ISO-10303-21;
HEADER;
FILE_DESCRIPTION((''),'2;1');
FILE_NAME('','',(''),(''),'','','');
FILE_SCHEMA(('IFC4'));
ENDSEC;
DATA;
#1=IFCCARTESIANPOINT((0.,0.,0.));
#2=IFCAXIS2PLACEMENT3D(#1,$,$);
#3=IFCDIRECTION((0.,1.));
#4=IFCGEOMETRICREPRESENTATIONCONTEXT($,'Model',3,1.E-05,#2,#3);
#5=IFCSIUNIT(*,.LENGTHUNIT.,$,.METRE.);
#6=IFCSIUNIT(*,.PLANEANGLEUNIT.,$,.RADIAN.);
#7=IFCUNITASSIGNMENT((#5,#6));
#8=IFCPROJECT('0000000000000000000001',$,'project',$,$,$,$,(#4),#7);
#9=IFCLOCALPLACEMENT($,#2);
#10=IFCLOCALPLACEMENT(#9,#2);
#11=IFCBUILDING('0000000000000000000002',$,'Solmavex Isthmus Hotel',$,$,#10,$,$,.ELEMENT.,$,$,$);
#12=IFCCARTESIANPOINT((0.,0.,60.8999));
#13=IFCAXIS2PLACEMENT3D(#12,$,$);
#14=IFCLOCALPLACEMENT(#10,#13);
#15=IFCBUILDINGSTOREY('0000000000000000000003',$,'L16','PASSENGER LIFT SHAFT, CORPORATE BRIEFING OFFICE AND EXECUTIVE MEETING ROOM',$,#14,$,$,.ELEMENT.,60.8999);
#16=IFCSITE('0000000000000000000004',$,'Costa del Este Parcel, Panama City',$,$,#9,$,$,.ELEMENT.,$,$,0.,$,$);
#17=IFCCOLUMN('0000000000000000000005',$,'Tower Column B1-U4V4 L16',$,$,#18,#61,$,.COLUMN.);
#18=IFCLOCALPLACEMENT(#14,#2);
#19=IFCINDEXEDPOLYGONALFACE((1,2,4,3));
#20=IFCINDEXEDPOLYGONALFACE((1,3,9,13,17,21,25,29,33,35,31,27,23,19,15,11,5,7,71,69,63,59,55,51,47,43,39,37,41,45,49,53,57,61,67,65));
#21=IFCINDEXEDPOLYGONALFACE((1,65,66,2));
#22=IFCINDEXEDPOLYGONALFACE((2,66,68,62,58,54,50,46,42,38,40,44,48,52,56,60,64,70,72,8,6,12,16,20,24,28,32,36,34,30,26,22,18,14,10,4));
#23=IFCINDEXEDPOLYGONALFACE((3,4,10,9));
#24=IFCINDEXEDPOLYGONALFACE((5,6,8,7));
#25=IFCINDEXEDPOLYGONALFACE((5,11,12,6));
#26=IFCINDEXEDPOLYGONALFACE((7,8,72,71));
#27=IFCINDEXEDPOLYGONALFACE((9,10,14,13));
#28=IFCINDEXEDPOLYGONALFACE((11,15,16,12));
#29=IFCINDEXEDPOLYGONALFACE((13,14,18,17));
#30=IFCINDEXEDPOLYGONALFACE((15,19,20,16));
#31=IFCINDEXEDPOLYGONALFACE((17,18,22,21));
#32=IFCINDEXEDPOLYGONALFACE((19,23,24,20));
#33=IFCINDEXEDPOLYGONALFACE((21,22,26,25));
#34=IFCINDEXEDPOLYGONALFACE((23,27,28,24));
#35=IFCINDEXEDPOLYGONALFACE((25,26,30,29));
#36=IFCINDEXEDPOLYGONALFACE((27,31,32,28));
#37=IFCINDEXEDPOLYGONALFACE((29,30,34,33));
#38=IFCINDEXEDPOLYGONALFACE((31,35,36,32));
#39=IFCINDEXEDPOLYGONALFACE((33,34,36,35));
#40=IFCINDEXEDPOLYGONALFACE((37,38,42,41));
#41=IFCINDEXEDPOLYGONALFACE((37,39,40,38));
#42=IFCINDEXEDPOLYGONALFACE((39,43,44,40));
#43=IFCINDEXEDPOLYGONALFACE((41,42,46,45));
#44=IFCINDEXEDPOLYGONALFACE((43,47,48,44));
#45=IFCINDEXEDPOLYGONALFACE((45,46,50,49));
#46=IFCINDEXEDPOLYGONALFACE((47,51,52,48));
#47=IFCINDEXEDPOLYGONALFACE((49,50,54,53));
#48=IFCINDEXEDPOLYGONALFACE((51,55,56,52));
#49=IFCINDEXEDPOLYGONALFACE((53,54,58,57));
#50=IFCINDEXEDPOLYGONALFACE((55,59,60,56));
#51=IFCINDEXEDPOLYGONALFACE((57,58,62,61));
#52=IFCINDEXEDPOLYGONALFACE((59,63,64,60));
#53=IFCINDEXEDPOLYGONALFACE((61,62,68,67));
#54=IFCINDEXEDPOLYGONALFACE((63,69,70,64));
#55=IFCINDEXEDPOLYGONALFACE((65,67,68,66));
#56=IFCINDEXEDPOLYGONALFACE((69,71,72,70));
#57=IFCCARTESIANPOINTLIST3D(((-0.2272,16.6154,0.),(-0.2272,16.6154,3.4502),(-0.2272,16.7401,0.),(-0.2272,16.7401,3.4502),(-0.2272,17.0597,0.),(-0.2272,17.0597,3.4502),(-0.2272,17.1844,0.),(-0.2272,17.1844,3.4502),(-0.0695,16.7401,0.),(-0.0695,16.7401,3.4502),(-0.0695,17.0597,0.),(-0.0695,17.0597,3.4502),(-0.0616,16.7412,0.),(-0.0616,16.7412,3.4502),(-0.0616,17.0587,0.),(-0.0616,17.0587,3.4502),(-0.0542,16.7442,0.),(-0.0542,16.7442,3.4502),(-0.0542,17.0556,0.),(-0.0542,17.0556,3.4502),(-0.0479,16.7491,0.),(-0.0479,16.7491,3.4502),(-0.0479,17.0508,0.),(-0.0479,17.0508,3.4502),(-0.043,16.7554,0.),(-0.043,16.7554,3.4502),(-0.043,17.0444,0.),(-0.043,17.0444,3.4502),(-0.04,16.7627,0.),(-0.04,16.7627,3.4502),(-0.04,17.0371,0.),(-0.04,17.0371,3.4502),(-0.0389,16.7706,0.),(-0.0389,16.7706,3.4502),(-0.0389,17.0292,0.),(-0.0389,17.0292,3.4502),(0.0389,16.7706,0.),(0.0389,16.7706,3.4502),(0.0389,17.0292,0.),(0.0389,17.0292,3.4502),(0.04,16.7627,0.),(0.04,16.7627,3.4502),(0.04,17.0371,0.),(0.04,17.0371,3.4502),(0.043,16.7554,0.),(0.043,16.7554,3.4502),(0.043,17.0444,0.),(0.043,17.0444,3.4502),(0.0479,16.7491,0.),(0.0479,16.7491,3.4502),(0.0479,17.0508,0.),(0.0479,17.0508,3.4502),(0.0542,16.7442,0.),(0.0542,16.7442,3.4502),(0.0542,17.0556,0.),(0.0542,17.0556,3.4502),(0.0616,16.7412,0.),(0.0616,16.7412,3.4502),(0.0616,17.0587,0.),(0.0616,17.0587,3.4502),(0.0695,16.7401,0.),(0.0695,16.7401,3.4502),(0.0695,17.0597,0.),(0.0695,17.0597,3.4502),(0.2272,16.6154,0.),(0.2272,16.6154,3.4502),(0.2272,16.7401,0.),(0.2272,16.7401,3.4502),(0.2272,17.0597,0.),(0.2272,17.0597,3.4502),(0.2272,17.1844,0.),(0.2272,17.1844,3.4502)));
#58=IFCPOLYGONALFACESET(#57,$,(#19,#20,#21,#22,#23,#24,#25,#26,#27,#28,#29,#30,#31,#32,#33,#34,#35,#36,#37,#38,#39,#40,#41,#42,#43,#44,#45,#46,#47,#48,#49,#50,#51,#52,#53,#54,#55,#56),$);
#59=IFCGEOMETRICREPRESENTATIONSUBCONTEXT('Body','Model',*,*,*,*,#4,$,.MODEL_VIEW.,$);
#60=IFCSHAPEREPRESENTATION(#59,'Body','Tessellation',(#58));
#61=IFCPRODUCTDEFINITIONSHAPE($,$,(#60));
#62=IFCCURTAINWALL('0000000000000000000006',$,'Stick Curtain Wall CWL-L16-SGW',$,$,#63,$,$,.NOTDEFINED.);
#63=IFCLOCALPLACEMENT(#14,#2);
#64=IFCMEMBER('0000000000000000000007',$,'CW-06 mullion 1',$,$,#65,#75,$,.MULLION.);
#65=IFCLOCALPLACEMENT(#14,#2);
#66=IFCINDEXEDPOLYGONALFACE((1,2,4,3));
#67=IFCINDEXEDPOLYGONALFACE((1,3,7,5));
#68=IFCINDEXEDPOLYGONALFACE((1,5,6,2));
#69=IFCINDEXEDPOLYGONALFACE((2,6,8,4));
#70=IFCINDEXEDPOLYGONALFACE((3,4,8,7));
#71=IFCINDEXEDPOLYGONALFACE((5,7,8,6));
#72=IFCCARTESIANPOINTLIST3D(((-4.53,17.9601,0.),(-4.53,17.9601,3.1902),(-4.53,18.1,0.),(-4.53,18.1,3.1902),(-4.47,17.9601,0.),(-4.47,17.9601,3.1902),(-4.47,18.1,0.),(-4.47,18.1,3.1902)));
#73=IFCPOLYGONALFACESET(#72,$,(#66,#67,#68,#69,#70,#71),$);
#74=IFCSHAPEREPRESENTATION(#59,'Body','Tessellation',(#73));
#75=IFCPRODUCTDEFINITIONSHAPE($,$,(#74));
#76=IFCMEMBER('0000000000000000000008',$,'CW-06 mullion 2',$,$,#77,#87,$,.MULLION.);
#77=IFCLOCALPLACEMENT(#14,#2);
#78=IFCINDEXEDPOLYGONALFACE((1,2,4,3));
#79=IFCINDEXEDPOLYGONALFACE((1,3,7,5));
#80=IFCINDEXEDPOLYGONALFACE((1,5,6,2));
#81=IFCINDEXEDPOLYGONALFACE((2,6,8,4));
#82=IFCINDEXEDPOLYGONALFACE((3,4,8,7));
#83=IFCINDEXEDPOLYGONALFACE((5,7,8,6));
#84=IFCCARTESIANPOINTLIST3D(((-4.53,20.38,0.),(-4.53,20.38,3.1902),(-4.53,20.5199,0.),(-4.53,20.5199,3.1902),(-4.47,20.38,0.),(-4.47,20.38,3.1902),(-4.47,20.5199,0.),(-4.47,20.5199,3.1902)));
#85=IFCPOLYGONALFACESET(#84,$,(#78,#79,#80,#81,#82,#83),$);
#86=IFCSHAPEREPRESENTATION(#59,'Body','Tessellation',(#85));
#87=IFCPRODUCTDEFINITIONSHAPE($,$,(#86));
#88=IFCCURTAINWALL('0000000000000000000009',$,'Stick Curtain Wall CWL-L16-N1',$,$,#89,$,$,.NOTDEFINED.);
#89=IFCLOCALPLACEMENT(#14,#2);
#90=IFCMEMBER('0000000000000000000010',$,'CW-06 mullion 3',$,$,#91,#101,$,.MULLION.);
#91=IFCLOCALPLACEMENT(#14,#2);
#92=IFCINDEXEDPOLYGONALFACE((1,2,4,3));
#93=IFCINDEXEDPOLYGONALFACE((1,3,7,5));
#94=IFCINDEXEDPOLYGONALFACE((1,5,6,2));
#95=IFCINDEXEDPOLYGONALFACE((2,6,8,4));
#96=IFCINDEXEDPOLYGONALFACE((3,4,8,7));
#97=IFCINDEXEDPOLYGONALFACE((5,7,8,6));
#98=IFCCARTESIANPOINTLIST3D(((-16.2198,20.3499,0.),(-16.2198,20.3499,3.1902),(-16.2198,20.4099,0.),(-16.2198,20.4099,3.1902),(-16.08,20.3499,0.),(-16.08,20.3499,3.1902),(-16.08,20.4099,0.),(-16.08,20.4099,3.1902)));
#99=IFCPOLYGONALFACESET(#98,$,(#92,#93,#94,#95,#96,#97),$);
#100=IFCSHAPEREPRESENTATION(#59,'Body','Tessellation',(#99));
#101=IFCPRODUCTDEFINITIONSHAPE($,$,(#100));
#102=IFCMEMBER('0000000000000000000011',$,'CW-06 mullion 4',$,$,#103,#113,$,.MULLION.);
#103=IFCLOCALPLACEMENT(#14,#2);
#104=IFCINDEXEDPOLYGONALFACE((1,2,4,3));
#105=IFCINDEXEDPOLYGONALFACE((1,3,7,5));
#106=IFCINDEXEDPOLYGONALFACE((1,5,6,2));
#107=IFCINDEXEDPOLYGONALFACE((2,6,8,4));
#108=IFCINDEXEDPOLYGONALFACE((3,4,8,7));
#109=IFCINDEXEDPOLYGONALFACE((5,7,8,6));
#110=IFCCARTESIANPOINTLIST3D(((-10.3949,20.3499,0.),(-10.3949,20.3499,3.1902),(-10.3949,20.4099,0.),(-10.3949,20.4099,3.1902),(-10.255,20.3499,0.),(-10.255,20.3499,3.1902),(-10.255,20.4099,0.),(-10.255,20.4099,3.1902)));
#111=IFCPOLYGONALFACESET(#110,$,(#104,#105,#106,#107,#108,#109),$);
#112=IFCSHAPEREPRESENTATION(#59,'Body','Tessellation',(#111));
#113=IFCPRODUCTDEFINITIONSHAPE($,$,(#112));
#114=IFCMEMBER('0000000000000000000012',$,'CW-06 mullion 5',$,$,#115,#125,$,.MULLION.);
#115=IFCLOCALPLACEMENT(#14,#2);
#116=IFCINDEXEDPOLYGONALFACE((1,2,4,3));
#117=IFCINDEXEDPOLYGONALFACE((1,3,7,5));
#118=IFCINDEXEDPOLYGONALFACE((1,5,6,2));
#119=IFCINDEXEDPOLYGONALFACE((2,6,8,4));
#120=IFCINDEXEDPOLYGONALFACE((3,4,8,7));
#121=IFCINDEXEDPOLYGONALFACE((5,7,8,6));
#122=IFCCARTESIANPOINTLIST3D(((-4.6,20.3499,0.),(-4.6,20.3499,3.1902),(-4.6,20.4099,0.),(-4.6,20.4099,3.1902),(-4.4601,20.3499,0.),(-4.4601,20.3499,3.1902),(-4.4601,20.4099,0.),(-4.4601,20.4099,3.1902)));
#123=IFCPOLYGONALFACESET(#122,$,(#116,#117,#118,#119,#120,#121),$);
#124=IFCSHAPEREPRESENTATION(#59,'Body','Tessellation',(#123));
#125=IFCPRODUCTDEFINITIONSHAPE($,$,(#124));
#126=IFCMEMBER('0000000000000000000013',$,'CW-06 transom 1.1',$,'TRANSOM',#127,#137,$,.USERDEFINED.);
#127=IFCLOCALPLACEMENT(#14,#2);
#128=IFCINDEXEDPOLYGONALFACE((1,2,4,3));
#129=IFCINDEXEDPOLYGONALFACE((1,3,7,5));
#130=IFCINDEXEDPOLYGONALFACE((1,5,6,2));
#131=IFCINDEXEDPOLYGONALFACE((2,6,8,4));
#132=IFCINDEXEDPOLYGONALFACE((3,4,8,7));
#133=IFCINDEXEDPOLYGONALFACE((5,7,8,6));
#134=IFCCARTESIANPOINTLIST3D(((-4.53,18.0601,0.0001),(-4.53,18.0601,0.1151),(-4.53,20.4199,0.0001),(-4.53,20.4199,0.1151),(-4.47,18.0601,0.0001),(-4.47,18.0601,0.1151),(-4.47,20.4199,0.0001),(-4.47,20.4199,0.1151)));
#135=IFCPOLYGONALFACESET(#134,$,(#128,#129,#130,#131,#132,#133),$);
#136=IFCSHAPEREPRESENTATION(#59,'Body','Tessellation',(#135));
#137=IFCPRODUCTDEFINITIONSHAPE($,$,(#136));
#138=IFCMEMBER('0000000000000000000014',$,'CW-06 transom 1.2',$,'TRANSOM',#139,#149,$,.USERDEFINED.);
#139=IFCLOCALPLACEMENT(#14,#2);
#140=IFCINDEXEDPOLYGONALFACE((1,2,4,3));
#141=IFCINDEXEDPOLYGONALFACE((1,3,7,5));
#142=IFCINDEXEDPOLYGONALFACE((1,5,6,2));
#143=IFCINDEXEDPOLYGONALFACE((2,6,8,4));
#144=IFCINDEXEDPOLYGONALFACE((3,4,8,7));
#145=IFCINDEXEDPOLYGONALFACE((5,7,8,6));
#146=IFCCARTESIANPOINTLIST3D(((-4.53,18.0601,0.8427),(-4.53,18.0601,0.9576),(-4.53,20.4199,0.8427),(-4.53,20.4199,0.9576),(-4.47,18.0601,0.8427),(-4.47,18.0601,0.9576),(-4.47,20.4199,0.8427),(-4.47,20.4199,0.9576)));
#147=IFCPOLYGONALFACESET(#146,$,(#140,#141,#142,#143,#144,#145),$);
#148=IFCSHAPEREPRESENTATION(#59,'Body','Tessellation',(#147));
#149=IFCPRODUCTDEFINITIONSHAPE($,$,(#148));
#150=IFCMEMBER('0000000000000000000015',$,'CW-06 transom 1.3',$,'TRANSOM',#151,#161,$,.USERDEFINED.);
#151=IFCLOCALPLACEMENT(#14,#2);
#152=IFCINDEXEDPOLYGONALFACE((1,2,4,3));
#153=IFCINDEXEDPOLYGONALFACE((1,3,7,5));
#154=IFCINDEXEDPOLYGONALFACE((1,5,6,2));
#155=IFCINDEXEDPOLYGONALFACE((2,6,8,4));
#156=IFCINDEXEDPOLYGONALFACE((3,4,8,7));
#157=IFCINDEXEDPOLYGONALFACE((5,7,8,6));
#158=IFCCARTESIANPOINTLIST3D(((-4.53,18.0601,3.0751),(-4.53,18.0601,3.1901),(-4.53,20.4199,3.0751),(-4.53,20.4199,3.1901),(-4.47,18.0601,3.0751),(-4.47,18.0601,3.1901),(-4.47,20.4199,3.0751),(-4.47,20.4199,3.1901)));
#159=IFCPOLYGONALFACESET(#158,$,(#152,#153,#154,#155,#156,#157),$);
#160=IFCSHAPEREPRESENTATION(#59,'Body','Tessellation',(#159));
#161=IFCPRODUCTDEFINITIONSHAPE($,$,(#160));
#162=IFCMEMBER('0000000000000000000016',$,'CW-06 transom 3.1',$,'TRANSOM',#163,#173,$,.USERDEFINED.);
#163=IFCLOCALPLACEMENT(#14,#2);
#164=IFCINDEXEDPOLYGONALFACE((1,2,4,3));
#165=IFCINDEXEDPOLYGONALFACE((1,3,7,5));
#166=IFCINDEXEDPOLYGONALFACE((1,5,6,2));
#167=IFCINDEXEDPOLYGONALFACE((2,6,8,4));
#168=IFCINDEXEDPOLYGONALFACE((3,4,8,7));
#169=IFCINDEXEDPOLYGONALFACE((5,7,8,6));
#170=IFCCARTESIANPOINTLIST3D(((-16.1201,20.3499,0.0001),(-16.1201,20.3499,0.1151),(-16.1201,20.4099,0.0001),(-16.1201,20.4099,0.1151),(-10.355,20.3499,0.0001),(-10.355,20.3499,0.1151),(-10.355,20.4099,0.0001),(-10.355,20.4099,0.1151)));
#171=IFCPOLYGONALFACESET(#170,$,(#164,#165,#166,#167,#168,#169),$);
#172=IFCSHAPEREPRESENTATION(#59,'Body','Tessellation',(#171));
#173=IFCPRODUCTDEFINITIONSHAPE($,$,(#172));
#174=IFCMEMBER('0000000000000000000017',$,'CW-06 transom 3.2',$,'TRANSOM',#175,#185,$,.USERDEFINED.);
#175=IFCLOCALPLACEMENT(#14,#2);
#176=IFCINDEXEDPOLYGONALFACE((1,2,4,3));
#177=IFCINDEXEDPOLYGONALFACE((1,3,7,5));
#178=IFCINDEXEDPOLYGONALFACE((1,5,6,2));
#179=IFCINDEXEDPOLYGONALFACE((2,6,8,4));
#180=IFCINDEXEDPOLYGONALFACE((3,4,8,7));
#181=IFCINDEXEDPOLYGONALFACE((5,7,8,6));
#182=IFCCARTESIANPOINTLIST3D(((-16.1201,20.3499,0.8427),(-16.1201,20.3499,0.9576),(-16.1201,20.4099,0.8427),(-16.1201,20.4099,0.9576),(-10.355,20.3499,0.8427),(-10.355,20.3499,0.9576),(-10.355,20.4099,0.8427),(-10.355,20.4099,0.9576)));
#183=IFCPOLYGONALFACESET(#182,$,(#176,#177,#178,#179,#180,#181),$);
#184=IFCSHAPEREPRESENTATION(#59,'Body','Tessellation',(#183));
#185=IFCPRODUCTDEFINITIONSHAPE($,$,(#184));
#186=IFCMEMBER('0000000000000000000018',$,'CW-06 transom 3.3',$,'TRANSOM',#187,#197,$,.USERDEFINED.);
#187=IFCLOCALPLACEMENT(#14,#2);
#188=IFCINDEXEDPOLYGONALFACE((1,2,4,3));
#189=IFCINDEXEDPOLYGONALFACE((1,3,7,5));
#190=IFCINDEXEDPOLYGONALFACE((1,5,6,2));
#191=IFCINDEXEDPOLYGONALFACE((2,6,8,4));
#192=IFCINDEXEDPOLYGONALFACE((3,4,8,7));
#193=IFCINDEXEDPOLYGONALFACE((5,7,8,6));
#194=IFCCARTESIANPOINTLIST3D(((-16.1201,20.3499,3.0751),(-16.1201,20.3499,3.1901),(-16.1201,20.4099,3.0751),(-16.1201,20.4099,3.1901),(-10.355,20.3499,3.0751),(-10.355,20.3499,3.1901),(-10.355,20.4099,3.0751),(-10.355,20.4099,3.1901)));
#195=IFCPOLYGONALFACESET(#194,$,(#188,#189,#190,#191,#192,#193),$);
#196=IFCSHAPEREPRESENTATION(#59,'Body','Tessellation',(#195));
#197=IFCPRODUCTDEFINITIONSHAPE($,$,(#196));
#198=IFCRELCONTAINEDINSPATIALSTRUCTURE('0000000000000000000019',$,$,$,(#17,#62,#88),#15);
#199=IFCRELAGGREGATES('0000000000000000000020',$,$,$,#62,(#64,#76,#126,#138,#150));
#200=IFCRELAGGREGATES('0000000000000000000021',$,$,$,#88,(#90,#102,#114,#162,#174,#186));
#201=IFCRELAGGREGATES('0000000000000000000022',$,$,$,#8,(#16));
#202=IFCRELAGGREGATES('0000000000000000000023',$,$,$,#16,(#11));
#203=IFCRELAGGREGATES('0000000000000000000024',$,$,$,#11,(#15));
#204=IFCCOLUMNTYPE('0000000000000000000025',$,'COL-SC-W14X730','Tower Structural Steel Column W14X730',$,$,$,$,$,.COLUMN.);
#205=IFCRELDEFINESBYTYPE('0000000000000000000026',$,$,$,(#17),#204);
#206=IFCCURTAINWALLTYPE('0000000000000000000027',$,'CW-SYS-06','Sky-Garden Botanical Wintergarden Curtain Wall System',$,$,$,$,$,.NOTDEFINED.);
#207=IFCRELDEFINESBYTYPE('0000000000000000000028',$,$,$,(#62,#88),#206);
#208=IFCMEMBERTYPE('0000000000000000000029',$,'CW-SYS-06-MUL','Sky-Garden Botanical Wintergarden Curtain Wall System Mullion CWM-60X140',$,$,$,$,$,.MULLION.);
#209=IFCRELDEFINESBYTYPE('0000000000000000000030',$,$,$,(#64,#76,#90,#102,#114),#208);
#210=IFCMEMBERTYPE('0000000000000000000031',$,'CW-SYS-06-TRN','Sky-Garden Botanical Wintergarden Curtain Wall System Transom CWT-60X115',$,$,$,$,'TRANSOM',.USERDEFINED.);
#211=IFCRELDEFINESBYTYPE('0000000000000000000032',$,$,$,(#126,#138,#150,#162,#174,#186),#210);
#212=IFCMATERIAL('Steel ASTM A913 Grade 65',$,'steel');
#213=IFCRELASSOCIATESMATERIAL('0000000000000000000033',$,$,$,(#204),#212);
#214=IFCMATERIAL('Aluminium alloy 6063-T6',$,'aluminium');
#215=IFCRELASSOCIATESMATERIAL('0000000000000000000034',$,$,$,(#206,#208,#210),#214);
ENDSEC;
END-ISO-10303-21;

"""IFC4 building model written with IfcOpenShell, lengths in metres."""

from ifc_helpers import new_model, si_unit, direction, frame, origin, origin_2d, place, context, subcontext, project, spatial, rectangle, i_section, extrude, material, material_profile, profile_set, type_object, element, aggregate, save


model = new_model("IFC4")

# Units and contexts
model_context = context("Model", 3, precision=1e-05, world=origin(), true_north=direction((0.0, 1.0)))
body_context = subcontext(model_context, "Body", "Model", "MODEL_VIEW")
ifc_project = project(units=[si_unit("LENGTHUNIT", "METRE"), si_unit("PLANEANGLEUNIT", "RADIAN")], contexts=[model_context])

# Site, building, storey
site_placement = place(None, origin())
site = spatial("IfcSite", under=ifc_project, at=site_placement, Name="Costa del Este Parcel, Panama City", CompositionType="ELEMENT", RefElevation=0.0)
building_placement = place(site_placement, origin())
building = spatial("IfcBuilding", under=site, at=building_placement, Name="Solmavex Isthmus Hotel", CompositionType="ELEMENT")
storey_placement = place(building_placement, frame((0.0, 0.0, 60.8999)))
storey = spatial("IfcBuildingStorey", under=building, at=storey_placement, Name="L16", Description="PASSENGER LIFT SHAFT, CORPORATE BRIEFING OFFICE AND EXECUTIVE MEETING ROOM", CompositionType="ELEMENT", Elevation=60.8999)

# Column
ifc_material_1 = material(Name="Steel ASTM A913 Grade 65", Category="steel")
ifc_material_profile_1 = material_profile(ifc_material_1, i_section(OverallWidth=0.4543, OverallDepth=0.5691, WebThickness=0.0779, FlangeThickness=0.1248, FilletRadius=0.0305, at=origin_2d()), Name="W14X730")
ifc_profile_set_1 = profile_set([ifc_material_profile_1], Name="Steel ASTM A913 Grade 65")
column_type = type_object("IfcColumnType", Name="COL-SC-W14X730", Description="Tower Structural Steel Column W14X730", PredefinedType="COLUMN", material=ifc_profile_set_1)
column_placement = place(storey_placement, frame((0.0, 16.8999, 0.0), z_axis=(0.0, 0.0, 1.0), x_axis=(1.0, 0.0, 0.0)))
element("IfcColumn", 1, at=column_placement, inside=storey, type_object=column_type, Name="Tower Column B1-U4V4 L16", PredefinedType="COLUMN", context=body_context, shape_type="SweptSolid", body=[
    extrude(i_section(OverallWidth=0.4543, OverallDepth=0.5691, WebThickness=0.0779, FlangeThickness=0.1248, FilletRadius=0.0305, at=origin_2d()), origin(), (0.0, 0.0, 1.0), 3.4502),
])

# Curtain walls, members
ifc_material_2 = material(Name="Aluminium alloy 6063-T6", Category="aluminium")
curtain_wall_type = type_object("IfcCurtainWallType", Name="CW-SYS-06", Description="Sky-Garden Botanical Wintergarden Curtain Wall System", PredefinedType="NOTDEFINED", material=ifc_material_2)
curtain_wall_1_placement = place(storey_placement, origin())
curtain_wall_1 = element("IfcCurtainWall", 2, at=curtain_wall_1_placement, inside=storey, type_object=curtain_wall_type, Name="Stick Curtain Wall CWL-L16-SGW", PredefinedType="NOTDEFINED")
ifc_material_profile_2 = material_profile(ifc_material_2, rectangle(XDim=0.0601, YDim=0.1399, at=origin_2d()), Name="CWM-60X140")
ifc_profile_set_2 = profile_set([ifc_material_profile_2], Name="Aluminium alloy 6063-T6")
member_type_1 = type_object("IfcMemberType", Name="CW-SYS-06-MUL", Description="Sky-Garden Botanical Wintergarden Curtain Wall System Mullion CWM-60X140", PredefinedType="MULLION", material=ifc_profile_set_2)
member_1_placement = place(storey_placement, frame((-4.5, 18.03, 0.0), z_axis=(0.0, 0.0, 1.0), x_axis=(-1.0, 0.0, 0.0)))
member_1 = element("IfcMember", 3, at=member_1_placement, type_object=member_type_1, Name="CW-06 mullion 1", PredefinedType="MULLION", context=body_context, shape_type="SweptSolid", body=[
    extrude(rectangle(XDim=0.0601, YDim=0.1399, at=origin_2d()), origin(), (0.0, 0.0, 1.0), 3.1902),
])
member_2_placement = place(storey_placement, frame((-4.5, 20.45, 0.0), z_axis=(0.0, 0.0, 1.0), x_axis=(-1.0, 0.0, 0.0)))
member_2 = element("IfcMember", 4, at=member_2_placement, type_object=member_type_1, Name="CW-06 mullion 2", PredefinedType="MULLION", context=body_context, shape_type="SweptSolid", body=[
    extrude(rectangle(XDim=0.0601, YDim=0.1399, at=origin_2d()), origin(), (0.0, 0.0, 1.0), 3.1902),
])
curtain_wall_2_placement = place(storey_placement, origin())
curtain_wall_2 = element("IfcCurtainWall", 5, at=curtain_wall_2_placement, inside=storey, type_object=curtain_wall_type, Name="Stick Curtain Wall CWL-L16-N1", PredefinedType="NOTDEFINED")
member_3_placement = place(storey_placement, frame((-16.1499, 20.3799, 0.0), z_axis=(0.0, 0.0, 1.0), x_axis=(0.0, 1.0, 0.0)))
member_3 = element("IfcMember", 6, at=member_3_placement, type_object=member_type_1, Name="CW-06 mullion 3", PredefinedType="MULLION", context=body_context, shape_type="SweptSolid", body=[
    extrude(rectangle(XDim=0.0601, YDim=0.1399, at=origin_2d()), origin(), (0.0, 0.0, 1.0), 3.1902),
])
member_4_placement = place(storey_placement, frame((-10.325, 20.3799, 0.0), z_axis=(0.0, 0.0, 1.0), x_axis=(0.0, 1.0, 0.0)))
member_4 = element("IfcMember", 7, at=member_4_placement, type_object=member_type_1, Name="CW-06 mullion 4", PredefinedType="MULLION", context=body_context, shape_type="SweptSolid", body=[
    extrude(rectangle(XDim=0.0601, YDim=0.1399, at=origin_2d()), origin(), (0.0, 0.0, 1.0), 3.1902),
])
member_5_placement = place(storey_placement, frame((-4.53, 20.3799, 0.0), z_axis=(0.0, 0.0, 1.0), x_axis=(0.0, 1.0, 0.0)))
member_5 = element("IfcMember", 8, at=member_5_placement, type_object=member_type_1, Name="CW-06 mullion 5", PredefinedType="MULLION", context=body_context, shape_type="SweptSolid", body=[
    extrude(rectangle(XDim=0.0601, YDim=0.1399, at=origin_2d()), origin(), (0.0, 0.0, 1.0), 3.1902),
])

# Members
ifc_material_profile_3 = material_profile(ifc_material_2, rectangle(XDim=0.0601, YDim=0.115, at=origin_2d()), Name="CWT-60X115")
ifc_profile_set_3 = profile_set([ifc_material_profile_3], Name="Aluminium alloy 6063-T6")
member_type_2 = type_object("IfcMemberType", Name="CW-SYS-06-TRN", Description="Sky-Garden Botanical Wintergarden Curtain Wall System Transom CWT-60X115", ElementType="TRANSOM", PredefinedType="USERDEFINED", material=ifc_profile_set_3)
member_6_placement = place(storey_placement, frame((-4.5, 18.0601, 0.0576), z_axis=(0.0, 1.0, 0.0), x_axis=(-1.0, 0.0, 0.0)))
member_6 = element("IfcMember", 9, at=member_6_placement, type_object=member_type_2, Name="CW-06 transom 1.1", ObjectType="TRANSOM", PredefinedType="USERDEFINED", context=body_context, shape_type="SweptSolid", body=[
    extrude(rectangle(XDim=0.0601, YDim=0.115, at=origin_2d()), origin(), (0.0, 0.0, 1.0), 2.3599),
])
member_7_placement = place(storey_placement, frame((-4.5, 18.0601, 0.9001), z_axis=(0.0, 1.0, 0.0), x_axis=(-1.0, 0.0, 0.0)))
member_7 = element("IfcMember", 10, at=member_7_placement, type_object=member_type_2, Name="CW-06 transom 1.2", ObjectType="TRANSOM", PredefinedType="USERDEFINED", context=body_context, shape_type="SweptSolid", body=[
    extrude(rectangle(XDim=0.0601, YDim=0.115, at=origin_2d()), origin(), (0.0, 0.0, 1.0), 2.3599),
])
member_8_placement = place(storey_placement, frame((-4.5, 18.0601, 3.1326), z_axis=(0.0, 1.0, 0.0), x_axis=(-1.0, 0.0, 0.0)))
member_8 = element("IfcMember", 11, at=member_8_placement, type_object=member_type_2, Name="CW-06 transom 1.3", ObjectType="TRANSOM", PredefinedType="USERDEFINED", context=body_context, shape_type="SweptSolid", body=[
    extrude(rectangle(XDim=0.0601, YDim=0.115, at=origin_2d()), origin(), (0.0, 0.0, 1.0), 2.3599),
])
member_9_placement = place(storey_placement, frame((-16.1201, 20.3799, 0.0576), z_axis=(1.0, 0.0, 0.0), x_axis=(0.0, 1.0, 0.0)))
member_9 = element("IfcMember", 12, at=member_9_placement, type_object=member_type_2, Name="CW-06 transom 3.1", ObjectType="TRANSOM", PredefinedType="USERDEFINED", context=body_context, shape_type="SweptSolid", body=[
    extrude(rectangle(XDim=0.0601, YDim=0.115, at=origin_2d()), origin(), (0.0, 0.0, 1.0), 5.7651),
])
member_10_placement = place(storey_placement, frame((-16.1201, 20.3799, 0.9001), z_axis=(1.0, 0.0, 0.0), x_axis=(0.0, 1.0, 0.0)))
member_10 = element("IfcMember", 13, at=member_10_placement, type_object=member_type_2, Name="CW-06 transom 3.2", ObjectType="TRANSOM", PredefinedType="USERDEFINED", context=body_context, shape_type="SweptSolid", body=[
    extrude(rectangle(XDim=0.0601, YDim=0.115, at=origin_2d()), origin(), (0.0, 0.0, 1.0), 5.7651),
])
member_11_placement = place(storey_placement, frame((-16.1201, 20.3799, 3.1326), z_axis=(1.0, 0.0, 0.0), x_axis=(0.0, 1.0, 0.0)))
member_11 = element("IfcMember", 14, at=member_11_placement, type_object=member_type_2, Name="CW-06 transom 3.3", ObjectType="TRANSOM", PredefinedType="USERDEFINED", context=body_context, shape_type="SweptSolid", body=[
    extrude(rectangle(XDim=0.0601, YDim=0.115, at=origin_2d()), origin(), (0.0, 0.0, 1.0), 5.7651),
])

aggregate(curtain_wall_1, [member_1, member_2, member_6, member_7, member_8])
aggregate(curtain_wall_2, [member_3, member_4, member_5, member_9, member_10, member_11])

save(model, "model.ifc")
